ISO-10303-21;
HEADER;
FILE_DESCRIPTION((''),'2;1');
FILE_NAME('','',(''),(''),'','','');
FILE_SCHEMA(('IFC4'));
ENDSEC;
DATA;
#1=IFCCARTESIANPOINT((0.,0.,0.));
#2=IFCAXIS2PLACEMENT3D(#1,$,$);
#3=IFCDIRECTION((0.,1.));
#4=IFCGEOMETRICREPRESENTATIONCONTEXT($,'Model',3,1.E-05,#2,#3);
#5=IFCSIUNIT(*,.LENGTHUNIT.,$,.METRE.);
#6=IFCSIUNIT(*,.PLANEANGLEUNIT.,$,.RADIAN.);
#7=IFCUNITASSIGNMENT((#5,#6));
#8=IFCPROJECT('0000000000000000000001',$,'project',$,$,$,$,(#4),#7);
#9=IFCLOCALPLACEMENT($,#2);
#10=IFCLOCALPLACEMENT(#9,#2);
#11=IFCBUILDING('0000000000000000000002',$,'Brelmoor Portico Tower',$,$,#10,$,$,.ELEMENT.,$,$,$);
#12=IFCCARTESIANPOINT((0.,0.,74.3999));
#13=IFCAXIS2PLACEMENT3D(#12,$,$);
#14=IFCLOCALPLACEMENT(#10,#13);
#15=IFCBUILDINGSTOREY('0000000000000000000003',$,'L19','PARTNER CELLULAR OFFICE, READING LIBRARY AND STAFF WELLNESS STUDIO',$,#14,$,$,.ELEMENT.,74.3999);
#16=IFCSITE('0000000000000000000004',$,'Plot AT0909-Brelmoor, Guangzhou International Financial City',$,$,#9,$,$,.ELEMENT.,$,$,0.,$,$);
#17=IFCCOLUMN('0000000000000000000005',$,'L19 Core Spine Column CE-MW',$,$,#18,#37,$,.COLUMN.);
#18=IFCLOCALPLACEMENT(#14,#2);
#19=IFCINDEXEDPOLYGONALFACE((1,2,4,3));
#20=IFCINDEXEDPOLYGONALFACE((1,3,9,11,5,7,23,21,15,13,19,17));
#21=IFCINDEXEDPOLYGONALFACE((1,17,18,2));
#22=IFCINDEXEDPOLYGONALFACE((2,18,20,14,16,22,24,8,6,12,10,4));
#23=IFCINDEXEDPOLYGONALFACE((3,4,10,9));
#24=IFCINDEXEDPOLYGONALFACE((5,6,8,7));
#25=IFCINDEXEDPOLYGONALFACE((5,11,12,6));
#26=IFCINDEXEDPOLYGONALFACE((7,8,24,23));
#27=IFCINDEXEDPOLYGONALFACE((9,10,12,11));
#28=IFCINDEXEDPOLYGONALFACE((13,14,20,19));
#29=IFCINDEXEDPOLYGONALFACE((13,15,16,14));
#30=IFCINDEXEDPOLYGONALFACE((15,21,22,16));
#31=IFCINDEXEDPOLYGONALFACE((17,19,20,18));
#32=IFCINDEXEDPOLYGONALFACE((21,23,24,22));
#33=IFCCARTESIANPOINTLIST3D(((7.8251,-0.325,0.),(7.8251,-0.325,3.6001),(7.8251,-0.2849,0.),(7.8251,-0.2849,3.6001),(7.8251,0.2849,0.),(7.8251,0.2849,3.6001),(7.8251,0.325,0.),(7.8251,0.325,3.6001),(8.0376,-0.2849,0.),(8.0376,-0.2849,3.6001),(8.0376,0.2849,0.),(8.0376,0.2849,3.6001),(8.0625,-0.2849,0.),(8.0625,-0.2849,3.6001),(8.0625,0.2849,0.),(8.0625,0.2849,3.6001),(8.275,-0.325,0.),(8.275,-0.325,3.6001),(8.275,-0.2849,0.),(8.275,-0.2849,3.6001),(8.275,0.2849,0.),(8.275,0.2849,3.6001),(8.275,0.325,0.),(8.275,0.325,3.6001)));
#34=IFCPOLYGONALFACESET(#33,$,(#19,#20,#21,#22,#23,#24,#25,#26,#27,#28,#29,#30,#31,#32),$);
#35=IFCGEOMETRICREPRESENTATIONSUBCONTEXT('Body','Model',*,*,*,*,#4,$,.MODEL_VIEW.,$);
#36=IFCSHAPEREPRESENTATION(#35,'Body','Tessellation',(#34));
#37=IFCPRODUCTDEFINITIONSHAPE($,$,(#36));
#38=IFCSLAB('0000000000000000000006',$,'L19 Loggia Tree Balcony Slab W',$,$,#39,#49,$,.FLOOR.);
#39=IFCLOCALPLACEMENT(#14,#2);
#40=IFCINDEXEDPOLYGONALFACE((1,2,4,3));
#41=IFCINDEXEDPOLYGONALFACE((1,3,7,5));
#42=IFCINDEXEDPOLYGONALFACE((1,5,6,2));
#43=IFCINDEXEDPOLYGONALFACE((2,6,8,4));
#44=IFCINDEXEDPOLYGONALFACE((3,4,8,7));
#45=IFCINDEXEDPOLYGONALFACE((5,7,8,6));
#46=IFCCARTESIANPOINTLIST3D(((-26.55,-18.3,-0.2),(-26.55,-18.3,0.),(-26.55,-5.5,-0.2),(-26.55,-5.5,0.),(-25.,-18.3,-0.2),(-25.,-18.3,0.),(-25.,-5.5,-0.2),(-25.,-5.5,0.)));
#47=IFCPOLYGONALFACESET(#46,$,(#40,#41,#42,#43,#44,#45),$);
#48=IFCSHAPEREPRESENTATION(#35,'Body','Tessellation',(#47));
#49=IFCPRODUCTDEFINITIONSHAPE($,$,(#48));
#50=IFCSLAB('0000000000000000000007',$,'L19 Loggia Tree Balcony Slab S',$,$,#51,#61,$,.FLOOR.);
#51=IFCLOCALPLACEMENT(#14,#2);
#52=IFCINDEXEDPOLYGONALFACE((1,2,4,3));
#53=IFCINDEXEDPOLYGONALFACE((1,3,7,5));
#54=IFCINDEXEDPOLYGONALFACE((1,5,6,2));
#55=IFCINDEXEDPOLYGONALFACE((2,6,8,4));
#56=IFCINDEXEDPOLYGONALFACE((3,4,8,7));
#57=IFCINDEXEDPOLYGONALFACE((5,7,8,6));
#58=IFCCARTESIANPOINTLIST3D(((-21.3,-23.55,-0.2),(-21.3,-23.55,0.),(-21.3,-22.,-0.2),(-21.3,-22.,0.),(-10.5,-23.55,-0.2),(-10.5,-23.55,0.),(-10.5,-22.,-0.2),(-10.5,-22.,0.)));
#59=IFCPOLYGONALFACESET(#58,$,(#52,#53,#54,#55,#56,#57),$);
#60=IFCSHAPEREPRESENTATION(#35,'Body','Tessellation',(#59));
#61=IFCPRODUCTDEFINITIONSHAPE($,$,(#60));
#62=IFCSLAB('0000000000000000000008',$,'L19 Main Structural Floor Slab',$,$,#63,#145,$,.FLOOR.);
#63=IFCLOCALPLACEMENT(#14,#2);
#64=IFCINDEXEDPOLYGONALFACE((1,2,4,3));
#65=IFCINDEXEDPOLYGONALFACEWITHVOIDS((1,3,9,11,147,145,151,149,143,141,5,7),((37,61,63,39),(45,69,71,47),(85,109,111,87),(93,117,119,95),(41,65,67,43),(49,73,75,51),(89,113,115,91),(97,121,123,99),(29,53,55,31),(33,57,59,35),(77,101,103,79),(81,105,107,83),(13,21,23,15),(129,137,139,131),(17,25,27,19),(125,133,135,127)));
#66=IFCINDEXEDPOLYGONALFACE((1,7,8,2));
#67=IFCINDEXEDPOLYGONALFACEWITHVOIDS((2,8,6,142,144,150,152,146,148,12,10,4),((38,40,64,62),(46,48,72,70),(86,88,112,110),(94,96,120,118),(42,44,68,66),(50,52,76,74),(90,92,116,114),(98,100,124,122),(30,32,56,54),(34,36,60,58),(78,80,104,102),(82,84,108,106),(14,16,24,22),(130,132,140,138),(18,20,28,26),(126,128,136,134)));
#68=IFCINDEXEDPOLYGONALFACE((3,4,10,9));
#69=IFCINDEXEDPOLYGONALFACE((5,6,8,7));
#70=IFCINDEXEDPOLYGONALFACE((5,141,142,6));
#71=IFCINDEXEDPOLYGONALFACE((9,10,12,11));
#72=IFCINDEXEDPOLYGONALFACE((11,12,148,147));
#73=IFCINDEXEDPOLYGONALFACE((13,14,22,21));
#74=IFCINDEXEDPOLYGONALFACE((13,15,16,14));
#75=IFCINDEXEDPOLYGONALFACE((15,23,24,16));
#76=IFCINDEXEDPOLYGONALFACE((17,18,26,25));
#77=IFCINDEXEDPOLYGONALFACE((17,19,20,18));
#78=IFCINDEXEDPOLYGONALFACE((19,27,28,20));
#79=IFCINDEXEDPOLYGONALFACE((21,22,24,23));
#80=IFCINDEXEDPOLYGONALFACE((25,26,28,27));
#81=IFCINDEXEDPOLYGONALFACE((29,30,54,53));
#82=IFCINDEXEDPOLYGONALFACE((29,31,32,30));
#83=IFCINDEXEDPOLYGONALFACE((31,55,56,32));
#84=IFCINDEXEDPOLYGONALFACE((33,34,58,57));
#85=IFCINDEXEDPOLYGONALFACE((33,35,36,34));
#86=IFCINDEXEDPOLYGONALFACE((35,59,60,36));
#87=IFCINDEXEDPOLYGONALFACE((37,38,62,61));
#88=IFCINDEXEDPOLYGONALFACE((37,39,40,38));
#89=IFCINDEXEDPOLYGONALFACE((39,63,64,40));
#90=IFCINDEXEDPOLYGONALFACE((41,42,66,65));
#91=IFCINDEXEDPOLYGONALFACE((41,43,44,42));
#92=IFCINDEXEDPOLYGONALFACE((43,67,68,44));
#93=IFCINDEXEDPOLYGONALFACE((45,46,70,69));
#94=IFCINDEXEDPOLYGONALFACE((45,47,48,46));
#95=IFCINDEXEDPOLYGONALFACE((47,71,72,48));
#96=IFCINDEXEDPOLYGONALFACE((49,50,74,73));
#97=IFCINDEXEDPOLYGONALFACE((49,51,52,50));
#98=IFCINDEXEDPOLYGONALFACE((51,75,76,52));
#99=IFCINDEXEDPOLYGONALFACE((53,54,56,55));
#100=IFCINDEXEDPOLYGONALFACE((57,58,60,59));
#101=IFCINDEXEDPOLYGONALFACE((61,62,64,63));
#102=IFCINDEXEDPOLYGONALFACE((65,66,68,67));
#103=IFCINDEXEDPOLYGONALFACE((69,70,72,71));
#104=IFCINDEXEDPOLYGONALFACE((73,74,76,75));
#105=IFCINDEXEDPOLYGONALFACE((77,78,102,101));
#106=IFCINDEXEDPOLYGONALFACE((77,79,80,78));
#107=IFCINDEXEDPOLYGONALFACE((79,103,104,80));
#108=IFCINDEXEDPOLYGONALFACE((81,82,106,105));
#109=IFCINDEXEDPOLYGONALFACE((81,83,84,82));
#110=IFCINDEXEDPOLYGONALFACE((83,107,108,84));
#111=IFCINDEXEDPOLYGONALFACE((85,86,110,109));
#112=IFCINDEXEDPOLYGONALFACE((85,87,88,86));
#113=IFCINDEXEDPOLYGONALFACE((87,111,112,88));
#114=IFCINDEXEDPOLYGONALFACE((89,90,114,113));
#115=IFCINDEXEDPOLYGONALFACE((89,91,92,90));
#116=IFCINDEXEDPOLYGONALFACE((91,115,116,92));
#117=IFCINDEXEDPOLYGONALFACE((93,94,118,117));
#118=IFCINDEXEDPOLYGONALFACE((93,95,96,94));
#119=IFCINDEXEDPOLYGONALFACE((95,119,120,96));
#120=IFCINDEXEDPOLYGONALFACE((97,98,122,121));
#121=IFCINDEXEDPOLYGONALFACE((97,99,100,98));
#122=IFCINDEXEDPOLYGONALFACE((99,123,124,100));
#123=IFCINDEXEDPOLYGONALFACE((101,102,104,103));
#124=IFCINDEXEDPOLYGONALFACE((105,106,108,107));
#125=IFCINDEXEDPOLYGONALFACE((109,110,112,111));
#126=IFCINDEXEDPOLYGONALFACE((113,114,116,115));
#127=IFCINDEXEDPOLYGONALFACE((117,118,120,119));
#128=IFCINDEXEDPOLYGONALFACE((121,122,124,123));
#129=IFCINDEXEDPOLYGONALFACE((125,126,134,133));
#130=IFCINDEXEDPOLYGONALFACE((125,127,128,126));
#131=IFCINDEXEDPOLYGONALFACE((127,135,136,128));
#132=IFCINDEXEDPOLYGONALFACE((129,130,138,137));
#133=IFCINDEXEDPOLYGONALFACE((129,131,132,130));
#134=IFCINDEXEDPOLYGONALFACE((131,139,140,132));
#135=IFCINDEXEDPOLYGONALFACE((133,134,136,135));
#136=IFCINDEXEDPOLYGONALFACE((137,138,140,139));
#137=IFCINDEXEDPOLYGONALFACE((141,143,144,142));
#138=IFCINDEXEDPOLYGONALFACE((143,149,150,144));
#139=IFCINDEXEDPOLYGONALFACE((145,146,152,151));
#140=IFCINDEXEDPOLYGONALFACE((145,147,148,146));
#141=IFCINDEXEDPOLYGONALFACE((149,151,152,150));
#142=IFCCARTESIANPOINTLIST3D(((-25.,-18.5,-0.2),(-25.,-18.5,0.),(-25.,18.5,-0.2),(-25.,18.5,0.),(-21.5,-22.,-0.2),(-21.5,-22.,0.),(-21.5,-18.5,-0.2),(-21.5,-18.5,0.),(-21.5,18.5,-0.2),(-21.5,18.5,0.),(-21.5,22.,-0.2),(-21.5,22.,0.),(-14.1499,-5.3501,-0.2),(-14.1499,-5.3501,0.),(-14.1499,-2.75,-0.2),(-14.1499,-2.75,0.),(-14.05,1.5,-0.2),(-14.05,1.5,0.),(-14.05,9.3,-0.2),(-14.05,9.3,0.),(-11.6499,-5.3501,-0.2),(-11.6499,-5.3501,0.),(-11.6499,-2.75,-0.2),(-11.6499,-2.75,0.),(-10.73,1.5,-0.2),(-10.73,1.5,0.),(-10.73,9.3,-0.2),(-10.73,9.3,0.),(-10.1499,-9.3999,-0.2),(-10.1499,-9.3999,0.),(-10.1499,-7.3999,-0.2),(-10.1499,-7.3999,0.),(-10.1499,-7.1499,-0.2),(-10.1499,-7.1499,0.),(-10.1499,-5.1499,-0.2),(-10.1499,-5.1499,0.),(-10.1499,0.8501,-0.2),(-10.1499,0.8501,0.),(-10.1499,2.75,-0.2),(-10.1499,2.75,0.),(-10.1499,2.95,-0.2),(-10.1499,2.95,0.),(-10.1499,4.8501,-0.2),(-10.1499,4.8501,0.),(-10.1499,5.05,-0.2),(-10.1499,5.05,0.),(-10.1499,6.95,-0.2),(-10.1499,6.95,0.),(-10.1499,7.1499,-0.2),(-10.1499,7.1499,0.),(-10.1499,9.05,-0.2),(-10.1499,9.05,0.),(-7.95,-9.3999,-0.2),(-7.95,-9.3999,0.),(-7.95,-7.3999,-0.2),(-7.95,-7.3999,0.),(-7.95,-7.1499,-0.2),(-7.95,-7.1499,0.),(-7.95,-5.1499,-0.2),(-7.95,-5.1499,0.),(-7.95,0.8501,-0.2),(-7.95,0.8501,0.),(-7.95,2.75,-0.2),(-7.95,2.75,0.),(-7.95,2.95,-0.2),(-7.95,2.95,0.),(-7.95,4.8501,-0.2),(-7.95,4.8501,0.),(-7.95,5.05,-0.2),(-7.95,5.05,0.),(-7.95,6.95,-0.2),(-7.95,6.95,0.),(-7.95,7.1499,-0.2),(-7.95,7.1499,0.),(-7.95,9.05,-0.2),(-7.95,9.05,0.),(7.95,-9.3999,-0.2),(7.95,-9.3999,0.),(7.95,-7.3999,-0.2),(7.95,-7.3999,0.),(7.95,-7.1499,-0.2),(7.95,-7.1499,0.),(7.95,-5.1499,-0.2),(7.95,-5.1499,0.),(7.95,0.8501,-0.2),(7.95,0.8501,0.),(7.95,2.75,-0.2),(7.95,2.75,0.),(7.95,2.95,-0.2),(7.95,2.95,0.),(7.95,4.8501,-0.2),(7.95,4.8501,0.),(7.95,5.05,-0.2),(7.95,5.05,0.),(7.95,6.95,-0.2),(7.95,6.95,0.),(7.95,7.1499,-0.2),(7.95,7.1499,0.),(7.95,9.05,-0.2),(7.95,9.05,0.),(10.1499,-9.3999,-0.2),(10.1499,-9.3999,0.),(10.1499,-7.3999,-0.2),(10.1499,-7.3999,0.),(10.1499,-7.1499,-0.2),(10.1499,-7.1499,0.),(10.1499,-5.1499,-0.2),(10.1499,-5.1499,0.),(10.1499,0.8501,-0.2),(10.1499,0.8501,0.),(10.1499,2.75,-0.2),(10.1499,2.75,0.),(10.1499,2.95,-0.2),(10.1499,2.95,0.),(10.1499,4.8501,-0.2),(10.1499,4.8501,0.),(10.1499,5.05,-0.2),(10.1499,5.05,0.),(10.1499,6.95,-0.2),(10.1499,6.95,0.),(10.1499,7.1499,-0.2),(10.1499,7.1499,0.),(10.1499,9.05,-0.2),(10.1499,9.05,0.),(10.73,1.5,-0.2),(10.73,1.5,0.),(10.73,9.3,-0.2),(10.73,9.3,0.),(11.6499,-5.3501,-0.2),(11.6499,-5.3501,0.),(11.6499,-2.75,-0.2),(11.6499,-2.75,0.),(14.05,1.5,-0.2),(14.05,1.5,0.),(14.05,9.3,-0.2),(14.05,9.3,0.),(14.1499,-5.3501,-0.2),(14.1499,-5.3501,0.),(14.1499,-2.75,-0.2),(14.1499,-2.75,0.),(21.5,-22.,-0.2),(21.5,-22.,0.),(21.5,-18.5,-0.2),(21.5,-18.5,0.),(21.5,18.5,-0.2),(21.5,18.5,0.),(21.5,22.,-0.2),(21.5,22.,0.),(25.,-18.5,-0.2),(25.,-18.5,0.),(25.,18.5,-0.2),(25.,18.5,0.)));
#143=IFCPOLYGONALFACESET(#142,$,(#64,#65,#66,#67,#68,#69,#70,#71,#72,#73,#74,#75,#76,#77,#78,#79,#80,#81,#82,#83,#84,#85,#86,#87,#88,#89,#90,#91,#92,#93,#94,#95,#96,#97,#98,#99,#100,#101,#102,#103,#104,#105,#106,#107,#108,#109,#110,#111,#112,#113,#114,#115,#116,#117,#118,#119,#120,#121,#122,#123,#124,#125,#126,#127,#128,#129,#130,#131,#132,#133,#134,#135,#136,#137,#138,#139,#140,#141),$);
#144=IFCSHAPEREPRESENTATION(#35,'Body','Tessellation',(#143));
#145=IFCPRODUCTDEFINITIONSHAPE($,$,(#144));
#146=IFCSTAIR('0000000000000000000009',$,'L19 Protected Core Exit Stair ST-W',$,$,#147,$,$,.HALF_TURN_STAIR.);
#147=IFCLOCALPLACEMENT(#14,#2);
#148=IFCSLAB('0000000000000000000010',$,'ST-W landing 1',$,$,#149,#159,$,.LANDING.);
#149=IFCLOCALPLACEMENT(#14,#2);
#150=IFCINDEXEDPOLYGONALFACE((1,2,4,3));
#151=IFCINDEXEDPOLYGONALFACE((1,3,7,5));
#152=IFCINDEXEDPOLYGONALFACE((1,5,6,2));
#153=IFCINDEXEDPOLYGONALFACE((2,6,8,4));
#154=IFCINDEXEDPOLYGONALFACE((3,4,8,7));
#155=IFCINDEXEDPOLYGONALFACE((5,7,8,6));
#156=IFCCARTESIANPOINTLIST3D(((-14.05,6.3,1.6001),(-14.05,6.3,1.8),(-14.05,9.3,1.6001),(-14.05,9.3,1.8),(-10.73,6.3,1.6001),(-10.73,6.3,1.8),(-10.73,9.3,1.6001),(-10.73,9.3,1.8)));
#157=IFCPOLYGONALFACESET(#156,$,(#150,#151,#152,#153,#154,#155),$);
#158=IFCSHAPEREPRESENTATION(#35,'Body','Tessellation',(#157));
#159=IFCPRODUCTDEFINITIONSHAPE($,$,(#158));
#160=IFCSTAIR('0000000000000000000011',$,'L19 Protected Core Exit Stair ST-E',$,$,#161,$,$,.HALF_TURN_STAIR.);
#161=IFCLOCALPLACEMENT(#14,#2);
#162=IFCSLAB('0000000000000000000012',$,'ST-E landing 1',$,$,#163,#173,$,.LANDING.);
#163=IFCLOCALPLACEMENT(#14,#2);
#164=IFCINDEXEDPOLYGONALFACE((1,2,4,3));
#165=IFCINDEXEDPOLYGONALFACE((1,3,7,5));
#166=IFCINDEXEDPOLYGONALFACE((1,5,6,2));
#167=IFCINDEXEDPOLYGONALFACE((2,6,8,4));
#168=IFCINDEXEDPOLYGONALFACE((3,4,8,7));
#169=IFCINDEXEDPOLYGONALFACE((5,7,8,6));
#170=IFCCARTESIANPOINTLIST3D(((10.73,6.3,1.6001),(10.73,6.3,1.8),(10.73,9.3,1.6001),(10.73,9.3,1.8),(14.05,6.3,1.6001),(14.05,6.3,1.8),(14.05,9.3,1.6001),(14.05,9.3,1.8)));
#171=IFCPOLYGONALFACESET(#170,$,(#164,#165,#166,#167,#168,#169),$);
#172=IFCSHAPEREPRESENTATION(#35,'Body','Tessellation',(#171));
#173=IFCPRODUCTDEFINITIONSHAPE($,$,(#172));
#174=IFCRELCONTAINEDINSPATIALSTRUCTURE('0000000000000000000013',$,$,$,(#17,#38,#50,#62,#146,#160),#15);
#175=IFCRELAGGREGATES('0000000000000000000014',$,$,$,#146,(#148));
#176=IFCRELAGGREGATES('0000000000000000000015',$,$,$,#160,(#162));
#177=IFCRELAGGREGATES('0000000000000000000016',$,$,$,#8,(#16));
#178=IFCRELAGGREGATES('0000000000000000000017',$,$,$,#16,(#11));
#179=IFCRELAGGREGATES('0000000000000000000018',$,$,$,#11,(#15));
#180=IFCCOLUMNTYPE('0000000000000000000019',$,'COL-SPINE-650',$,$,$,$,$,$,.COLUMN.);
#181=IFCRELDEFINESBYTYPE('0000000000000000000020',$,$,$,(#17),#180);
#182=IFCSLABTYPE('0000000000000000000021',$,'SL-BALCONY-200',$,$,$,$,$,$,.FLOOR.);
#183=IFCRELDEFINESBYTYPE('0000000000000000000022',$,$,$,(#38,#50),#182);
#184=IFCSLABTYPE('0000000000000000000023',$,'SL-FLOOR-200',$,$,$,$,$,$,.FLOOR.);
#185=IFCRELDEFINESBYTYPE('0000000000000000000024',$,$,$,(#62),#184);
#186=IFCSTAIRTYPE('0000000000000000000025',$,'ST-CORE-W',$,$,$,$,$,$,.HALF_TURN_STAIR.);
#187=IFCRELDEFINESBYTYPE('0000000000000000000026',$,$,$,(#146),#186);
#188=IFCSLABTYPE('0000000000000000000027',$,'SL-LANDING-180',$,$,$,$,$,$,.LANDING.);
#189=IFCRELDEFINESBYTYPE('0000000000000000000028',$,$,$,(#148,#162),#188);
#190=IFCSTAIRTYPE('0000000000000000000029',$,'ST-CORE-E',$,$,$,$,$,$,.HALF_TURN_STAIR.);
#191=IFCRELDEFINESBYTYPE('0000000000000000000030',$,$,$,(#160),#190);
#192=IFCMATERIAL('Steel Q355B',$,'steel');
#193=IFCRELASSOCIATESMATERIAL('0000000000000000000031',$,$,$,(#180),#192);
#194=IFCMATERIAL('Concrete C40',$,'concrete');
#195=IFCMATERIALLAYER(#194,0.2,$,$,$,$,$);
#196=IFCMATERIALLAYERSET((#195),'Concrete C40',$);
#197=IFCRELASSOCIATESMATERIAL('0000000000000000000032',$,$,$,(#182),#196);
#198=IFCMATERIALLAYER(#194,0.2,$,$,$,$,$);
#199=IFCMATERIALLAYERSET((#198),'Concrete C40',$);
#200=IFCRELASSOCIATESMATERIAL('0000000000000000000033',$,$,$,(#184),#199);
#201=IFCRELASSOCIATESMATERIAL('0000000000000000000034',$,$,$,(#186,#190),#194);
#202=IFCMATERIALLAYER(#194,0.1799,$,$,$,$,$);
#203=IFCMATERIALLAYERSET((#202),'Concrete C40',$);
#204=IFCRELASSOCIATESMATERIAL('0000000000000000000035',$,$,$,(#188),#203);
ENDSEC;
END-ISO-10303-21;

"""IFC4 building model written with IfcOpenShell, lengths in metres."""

from ifc_helpers import new_model, si_unit, direction, frame, origin, origin_2d, place, context, subcontext, project, spatial, polyline, i_section, outline, extrude, material, layer, layer_set, material_profile, profile_set, type_object, element, aggregate, save


model = new_model("IFC4")

# Units and contexts
model_context = context("Model", 3, precision=1e-05, world=origin(), true_north=direction((0.0, 1.0)))
body_context = subcontext(model_context, "Body", "Model", "MODEL_VIEW")
ifc_project = project(units=[si_unit("LENGTHUNIT", "METRE"), si_unit("PLANEANGLEUNIT", "RADIAN")], contexts=[model_context])

# Site, building, storey
site_placement = place(None, origin())
site = spatial("IfcSite", under=ifc_project, at=site_placement, Name="Plot AT0909-Brelmoor, Guangzhou International Financial City", CompositionType="ELEMENT", RefElevation=0.0)
building_placement = place(site_placement, origin())
building = spatial("IfcBuilding", under=site, at=building_placement, Name="Brelmoor Portico Tower", CompositionType="ELEMENT")
storey_placement = place(building_placement, frame((0.0, 0.0, 74.3999)))
storey = spatial("IfcBuildingStorey", under=building, at=storey_placement, Name="L19", Description="PARTNER CELLULAR OFFICE, READING LIBRARY AND STAFF WELLNESS STUDIO", CompositionType="ELEMENT", Elevation=74.3999)

# Column
ifc_material_1 = material(Name="Steel Q355B", Category="steel")
ifc_material_profile = material_profile(ifc_material_1, i_section(OverallWidth=0.45, OverallDepth=0.6499, WebThickness=0.0249, FlangeThickness=0.04, at=origin_2d()), Name="HW 650x450x25x40")
ifc_profile_set = profile_set([ifc_material_profile], Name="Steel Q355B")
column_type = type_object("IfcColumnType", Name="COL-SPINE-650", PredefinedType="COLUMN", material=ifc_profile_set)
column_placement = place(storey_placement, frame((8.05, 0.0, 0.0), z_axis=(0.0, 0.0, 1.0), x_axis=(1.0, 0.0, 0.0)))
element("IfcColumn", 1, at=column_placement, inside=storey, type_object=column_type, Name="L19 Core Spine Column CE-MW", PredefinedType="COLUMN", context=body_context, shape_type="SweptSolid", body=[
    extrude(i_section(OverallWidth=0.45, OverallDepth=0.6499, WebThickness=0.0249, FlangeThickness=0.04, at=origin_2d()), origin(), (0.0, 0.0, 1.0), 3.6001),
])

# Slabs
ifc_material_2 = material(Name="Concrete C40", Category="concrete")
ifc_layer_1 = layer(ifc_material_2, 0.2)
ifc_layer_set_1 = layer_set([ifc_layer_1], Name="Concrete C40")
slab_type_1 = type_object("IfcSlabType", Name="SL-BALCONY-200", PredefinedType="FLOOR", material=ifc_layer_set_1)
slab_1_placement = place(storey_placement, frame((0.0, 0.0, -0.2)))
element("IfcSlab", 2, at=slab_1_placement, inside=storey, type_object=slab_type_1, Name="L19 Loggia Tree Balcony Slab W", PredefinedType="FLOOR", context=body_context, shape_type="SweptSolid", body=[
    extrude(outline(polyline([(-26.55, -18.3), (-25.0, -18.3), (-25.0, -5.5), (-26.55, -5.5), (-26.55, -18.3)])), origin(), (0.0, 0.0, 1.0), 0.2),
])
slab_2_placement = place(storey_placement, frame((0.0, 0.0, -0.2)))
element("IfcSlab", 3, at=slab_2_placement, inside=storey, type_object=slab_type_1, Name="L19 Loggia Tree Balcony Slab S", PredefinedType="FLOOR", context=body_context, shape_type="SweptSolid", body=[
    extrude(outline(polyline([(-21.3, -23.55), (-10.5, -23.55), (-10.5, -22.0), (-21.3, -22.0), (-21.3, -23.55)])), origin(), (0.0, 0.0, 1.0), 0.2),
])
ifc_layer_2 = layer(ifc_material_2, 0.2)
ifc_layer_set_2 = layer_set([ifc_layer_2], Name="Concrete C40")
slab_type_2 = type_object("IfcSlabType", Name="SL-FLOOR-200", PredefinedType="FLOOR", material=ifc_layer_set_2)
slab_3_placement = place(storey_placement, frame((0.0, 0.0, -0.2)))
element("IfcSlab", 4, at=slab_3_placement, inside=storey, type_object=slab_type_2, Name="L19 Main Structural Floor Slab", PredefinedType="FLOOR", context=body_context, shape_type="SweptSolid", body=[
    extrude(outline(polyline([(-21.5, -22.0), (21.5, -22.0), (21.5, -18.5), (25.0, -18.5), (25.0, 18.5), (21.5, 18.5), (21.5, 22.0), (-21.5, 22.0), (-21.5, 18.5), (-25.0, 18.5), (-25.0, -18.5), (-21.5, -18.5), (-21.5, -22.0)]), holes=[polyline([(-10.73, 1.5), (-10.73, 9.3), (-14.05, 9.3), (-14.05, 1.5), (-10.73, 1.5)]), polyline([(14.05, 1.5), (14.05, 9.3), (10.73, 9.3), (10.73, 1.5), (14.05, 1.5)]), polyline([(-10.1499, 0.8501), (-7.95, 0.8501), (-7.95, 2.75), (-10.1499, 2.75), (-10.1499, 0.8501)]), polyline([(-10.1499, 2.95), (-7.95, 2.95), (-7.95, 4.8501), (-10.1499, 4.8501), (-10.1499, 2.95)]), polyline([(-10.1499, 5.05), (-7.95, 5.05), (-7.95, 6.95), (-10.1499, 6.95), (-10.1499, 5.05)]), polyline([(-10.1499, 7.1499), (-7.95, 7.1499), (-7.95, 9.05), (-10.1499, 9.05), (-10.1499, 7.1499)]), polyline([(7.95, 0.8501), (10.1499, 0.8501), (10.1499, 2.75), (7.95, 2.75), (7.95, 0.8501)]), polyline([(7.95, 2.95), (10.1499, 2.95), (10.1499, 4.8501), (7.95, 4.8501), (7.95, 2.95)]), polyline([(7.95, 5.05), (10.1499, 5.05), (10.1499, 6.95), (7.95, 6.95), (7.95, 5.05)]), polyline([(7.95, 7.1499), (10.1499, 7.1499), (10.1499, 9.05), (7.95, 9.05), (7.95, 7.1499)]), polyline([(-10.1499, -9.3999), (-7.95, -9.3999), (-7.95, -7.3999), (-10.1499, -7.3999), (-10.1499, -9.3999)]), polyline([(-10.1499, -7.1499), (-7.95, -7.1499), (-7.95, -5.1499), (-10.1499, -5.1499), (-10.1499, -7.1499)]), polyline([(7.95, -9.3999), (10.1499, -9.3999), (10.1499, -7.3999), (7.95, -7.3999), (7.95, -9.3999)]), polyline([(7.95, -7.1499), (10.1499, -7.1499), (10.1499, -5.1499), (7.95, -5.1499), (7.95, -7.1499)]), polyline([(-14.1499, -5.3501), (-11.6499, -5.3501), (-11.6499, -2.75), (-14.1499, -2.75), (-14.1499, -5.3501)]), polyline([(11.6499, -5.3501), (14.1499, -5.3501), (14.1499, -2.75), (11.6499, -2.75), (11.6499, -5.3501)])]), origin(), (0.0, 0.0, 1.0), 0.2),
])

# Stairs, slabs
stair_type_1 = type_object("IfcStairType", Name="ST-CORE-W", PredefinedType="HALF_TURN_STAIR", material=ifc_material_2)
stair_1_placement = place(storey_placement, origin())
stair_1 = element("IfcStair", 5, at=stair_1_placement, inside=storey, type_object=stair_type_1, Name="L19 Protected Core Exit Stair ST-W", PredefinedType="HALF_TURN_STAIR")
ifc_layer_3 = layer(ifc_material_2, 0.1799)
ifc_layer_set_3 = layer_set([ifc_layer_3], Name="Concrete C40")
slab_type_3 = type_object("IfcSlabType", Name="SL-LANDING-180", PredefinedType="LANDING", material=ifc_layer_set_3)
slab_4_placement = place(storey_placement, frame((0.0, 0.0, 1.6001)))
slab_4 = element("IfcSlab", 6, at=slab_4_placement, type_object=slab_type_3, Name="ST-W landing 1", PredefinedType="LANDING", context=body_context, shape_type="SweptSolid", body=[
    extrude(outline(polyline([(-10.73, 6.3), (-10.73, 9.3), (-14.05, 9.3), (-14.05, 6.3), (-10.73, 6.3)])), origin(), (0.0, 0.0, 1.0), 0.2),
])
aggregate(stair_1, [slab_4])
stair_type_2 = type_object("IfcStairType", Name="ST-CORE-E", PredefinedType="HALF_TURN_STAIR", material=ifc_material_2)
stair_2_placement = place(storey_placement, origin())
stair_2 = element("IfcStair", 7, at=stair_2_placement, inside=storey, type_object=stair_type_2, Name="L19 Protected Core Exit Stair ST-E", PredefinedType="HALF_TURN_STAIR")
slab_5_placement = place(storey_placement, frame((0.0, 0.0, 1.6001)))
slab_5 = element("IfcSlab", 8, at=slab_5_placement, type_object=slab_type_3, Name="ST-E landing 1", PredefinedType="LANDING", context=body_context, shape_type="SweptSolid", body=[
    extrude(outline(polyline([(14.05, 6.3), (14.05, 9.3), (10.73, 9.3), (10.73, 6.3), (14.05, 6.3)])), origin(), (0.0, 0.0, 1.0), 0.2),
])
aggregate(stair_2, [slab_5])

save(model, "model.ifc")
